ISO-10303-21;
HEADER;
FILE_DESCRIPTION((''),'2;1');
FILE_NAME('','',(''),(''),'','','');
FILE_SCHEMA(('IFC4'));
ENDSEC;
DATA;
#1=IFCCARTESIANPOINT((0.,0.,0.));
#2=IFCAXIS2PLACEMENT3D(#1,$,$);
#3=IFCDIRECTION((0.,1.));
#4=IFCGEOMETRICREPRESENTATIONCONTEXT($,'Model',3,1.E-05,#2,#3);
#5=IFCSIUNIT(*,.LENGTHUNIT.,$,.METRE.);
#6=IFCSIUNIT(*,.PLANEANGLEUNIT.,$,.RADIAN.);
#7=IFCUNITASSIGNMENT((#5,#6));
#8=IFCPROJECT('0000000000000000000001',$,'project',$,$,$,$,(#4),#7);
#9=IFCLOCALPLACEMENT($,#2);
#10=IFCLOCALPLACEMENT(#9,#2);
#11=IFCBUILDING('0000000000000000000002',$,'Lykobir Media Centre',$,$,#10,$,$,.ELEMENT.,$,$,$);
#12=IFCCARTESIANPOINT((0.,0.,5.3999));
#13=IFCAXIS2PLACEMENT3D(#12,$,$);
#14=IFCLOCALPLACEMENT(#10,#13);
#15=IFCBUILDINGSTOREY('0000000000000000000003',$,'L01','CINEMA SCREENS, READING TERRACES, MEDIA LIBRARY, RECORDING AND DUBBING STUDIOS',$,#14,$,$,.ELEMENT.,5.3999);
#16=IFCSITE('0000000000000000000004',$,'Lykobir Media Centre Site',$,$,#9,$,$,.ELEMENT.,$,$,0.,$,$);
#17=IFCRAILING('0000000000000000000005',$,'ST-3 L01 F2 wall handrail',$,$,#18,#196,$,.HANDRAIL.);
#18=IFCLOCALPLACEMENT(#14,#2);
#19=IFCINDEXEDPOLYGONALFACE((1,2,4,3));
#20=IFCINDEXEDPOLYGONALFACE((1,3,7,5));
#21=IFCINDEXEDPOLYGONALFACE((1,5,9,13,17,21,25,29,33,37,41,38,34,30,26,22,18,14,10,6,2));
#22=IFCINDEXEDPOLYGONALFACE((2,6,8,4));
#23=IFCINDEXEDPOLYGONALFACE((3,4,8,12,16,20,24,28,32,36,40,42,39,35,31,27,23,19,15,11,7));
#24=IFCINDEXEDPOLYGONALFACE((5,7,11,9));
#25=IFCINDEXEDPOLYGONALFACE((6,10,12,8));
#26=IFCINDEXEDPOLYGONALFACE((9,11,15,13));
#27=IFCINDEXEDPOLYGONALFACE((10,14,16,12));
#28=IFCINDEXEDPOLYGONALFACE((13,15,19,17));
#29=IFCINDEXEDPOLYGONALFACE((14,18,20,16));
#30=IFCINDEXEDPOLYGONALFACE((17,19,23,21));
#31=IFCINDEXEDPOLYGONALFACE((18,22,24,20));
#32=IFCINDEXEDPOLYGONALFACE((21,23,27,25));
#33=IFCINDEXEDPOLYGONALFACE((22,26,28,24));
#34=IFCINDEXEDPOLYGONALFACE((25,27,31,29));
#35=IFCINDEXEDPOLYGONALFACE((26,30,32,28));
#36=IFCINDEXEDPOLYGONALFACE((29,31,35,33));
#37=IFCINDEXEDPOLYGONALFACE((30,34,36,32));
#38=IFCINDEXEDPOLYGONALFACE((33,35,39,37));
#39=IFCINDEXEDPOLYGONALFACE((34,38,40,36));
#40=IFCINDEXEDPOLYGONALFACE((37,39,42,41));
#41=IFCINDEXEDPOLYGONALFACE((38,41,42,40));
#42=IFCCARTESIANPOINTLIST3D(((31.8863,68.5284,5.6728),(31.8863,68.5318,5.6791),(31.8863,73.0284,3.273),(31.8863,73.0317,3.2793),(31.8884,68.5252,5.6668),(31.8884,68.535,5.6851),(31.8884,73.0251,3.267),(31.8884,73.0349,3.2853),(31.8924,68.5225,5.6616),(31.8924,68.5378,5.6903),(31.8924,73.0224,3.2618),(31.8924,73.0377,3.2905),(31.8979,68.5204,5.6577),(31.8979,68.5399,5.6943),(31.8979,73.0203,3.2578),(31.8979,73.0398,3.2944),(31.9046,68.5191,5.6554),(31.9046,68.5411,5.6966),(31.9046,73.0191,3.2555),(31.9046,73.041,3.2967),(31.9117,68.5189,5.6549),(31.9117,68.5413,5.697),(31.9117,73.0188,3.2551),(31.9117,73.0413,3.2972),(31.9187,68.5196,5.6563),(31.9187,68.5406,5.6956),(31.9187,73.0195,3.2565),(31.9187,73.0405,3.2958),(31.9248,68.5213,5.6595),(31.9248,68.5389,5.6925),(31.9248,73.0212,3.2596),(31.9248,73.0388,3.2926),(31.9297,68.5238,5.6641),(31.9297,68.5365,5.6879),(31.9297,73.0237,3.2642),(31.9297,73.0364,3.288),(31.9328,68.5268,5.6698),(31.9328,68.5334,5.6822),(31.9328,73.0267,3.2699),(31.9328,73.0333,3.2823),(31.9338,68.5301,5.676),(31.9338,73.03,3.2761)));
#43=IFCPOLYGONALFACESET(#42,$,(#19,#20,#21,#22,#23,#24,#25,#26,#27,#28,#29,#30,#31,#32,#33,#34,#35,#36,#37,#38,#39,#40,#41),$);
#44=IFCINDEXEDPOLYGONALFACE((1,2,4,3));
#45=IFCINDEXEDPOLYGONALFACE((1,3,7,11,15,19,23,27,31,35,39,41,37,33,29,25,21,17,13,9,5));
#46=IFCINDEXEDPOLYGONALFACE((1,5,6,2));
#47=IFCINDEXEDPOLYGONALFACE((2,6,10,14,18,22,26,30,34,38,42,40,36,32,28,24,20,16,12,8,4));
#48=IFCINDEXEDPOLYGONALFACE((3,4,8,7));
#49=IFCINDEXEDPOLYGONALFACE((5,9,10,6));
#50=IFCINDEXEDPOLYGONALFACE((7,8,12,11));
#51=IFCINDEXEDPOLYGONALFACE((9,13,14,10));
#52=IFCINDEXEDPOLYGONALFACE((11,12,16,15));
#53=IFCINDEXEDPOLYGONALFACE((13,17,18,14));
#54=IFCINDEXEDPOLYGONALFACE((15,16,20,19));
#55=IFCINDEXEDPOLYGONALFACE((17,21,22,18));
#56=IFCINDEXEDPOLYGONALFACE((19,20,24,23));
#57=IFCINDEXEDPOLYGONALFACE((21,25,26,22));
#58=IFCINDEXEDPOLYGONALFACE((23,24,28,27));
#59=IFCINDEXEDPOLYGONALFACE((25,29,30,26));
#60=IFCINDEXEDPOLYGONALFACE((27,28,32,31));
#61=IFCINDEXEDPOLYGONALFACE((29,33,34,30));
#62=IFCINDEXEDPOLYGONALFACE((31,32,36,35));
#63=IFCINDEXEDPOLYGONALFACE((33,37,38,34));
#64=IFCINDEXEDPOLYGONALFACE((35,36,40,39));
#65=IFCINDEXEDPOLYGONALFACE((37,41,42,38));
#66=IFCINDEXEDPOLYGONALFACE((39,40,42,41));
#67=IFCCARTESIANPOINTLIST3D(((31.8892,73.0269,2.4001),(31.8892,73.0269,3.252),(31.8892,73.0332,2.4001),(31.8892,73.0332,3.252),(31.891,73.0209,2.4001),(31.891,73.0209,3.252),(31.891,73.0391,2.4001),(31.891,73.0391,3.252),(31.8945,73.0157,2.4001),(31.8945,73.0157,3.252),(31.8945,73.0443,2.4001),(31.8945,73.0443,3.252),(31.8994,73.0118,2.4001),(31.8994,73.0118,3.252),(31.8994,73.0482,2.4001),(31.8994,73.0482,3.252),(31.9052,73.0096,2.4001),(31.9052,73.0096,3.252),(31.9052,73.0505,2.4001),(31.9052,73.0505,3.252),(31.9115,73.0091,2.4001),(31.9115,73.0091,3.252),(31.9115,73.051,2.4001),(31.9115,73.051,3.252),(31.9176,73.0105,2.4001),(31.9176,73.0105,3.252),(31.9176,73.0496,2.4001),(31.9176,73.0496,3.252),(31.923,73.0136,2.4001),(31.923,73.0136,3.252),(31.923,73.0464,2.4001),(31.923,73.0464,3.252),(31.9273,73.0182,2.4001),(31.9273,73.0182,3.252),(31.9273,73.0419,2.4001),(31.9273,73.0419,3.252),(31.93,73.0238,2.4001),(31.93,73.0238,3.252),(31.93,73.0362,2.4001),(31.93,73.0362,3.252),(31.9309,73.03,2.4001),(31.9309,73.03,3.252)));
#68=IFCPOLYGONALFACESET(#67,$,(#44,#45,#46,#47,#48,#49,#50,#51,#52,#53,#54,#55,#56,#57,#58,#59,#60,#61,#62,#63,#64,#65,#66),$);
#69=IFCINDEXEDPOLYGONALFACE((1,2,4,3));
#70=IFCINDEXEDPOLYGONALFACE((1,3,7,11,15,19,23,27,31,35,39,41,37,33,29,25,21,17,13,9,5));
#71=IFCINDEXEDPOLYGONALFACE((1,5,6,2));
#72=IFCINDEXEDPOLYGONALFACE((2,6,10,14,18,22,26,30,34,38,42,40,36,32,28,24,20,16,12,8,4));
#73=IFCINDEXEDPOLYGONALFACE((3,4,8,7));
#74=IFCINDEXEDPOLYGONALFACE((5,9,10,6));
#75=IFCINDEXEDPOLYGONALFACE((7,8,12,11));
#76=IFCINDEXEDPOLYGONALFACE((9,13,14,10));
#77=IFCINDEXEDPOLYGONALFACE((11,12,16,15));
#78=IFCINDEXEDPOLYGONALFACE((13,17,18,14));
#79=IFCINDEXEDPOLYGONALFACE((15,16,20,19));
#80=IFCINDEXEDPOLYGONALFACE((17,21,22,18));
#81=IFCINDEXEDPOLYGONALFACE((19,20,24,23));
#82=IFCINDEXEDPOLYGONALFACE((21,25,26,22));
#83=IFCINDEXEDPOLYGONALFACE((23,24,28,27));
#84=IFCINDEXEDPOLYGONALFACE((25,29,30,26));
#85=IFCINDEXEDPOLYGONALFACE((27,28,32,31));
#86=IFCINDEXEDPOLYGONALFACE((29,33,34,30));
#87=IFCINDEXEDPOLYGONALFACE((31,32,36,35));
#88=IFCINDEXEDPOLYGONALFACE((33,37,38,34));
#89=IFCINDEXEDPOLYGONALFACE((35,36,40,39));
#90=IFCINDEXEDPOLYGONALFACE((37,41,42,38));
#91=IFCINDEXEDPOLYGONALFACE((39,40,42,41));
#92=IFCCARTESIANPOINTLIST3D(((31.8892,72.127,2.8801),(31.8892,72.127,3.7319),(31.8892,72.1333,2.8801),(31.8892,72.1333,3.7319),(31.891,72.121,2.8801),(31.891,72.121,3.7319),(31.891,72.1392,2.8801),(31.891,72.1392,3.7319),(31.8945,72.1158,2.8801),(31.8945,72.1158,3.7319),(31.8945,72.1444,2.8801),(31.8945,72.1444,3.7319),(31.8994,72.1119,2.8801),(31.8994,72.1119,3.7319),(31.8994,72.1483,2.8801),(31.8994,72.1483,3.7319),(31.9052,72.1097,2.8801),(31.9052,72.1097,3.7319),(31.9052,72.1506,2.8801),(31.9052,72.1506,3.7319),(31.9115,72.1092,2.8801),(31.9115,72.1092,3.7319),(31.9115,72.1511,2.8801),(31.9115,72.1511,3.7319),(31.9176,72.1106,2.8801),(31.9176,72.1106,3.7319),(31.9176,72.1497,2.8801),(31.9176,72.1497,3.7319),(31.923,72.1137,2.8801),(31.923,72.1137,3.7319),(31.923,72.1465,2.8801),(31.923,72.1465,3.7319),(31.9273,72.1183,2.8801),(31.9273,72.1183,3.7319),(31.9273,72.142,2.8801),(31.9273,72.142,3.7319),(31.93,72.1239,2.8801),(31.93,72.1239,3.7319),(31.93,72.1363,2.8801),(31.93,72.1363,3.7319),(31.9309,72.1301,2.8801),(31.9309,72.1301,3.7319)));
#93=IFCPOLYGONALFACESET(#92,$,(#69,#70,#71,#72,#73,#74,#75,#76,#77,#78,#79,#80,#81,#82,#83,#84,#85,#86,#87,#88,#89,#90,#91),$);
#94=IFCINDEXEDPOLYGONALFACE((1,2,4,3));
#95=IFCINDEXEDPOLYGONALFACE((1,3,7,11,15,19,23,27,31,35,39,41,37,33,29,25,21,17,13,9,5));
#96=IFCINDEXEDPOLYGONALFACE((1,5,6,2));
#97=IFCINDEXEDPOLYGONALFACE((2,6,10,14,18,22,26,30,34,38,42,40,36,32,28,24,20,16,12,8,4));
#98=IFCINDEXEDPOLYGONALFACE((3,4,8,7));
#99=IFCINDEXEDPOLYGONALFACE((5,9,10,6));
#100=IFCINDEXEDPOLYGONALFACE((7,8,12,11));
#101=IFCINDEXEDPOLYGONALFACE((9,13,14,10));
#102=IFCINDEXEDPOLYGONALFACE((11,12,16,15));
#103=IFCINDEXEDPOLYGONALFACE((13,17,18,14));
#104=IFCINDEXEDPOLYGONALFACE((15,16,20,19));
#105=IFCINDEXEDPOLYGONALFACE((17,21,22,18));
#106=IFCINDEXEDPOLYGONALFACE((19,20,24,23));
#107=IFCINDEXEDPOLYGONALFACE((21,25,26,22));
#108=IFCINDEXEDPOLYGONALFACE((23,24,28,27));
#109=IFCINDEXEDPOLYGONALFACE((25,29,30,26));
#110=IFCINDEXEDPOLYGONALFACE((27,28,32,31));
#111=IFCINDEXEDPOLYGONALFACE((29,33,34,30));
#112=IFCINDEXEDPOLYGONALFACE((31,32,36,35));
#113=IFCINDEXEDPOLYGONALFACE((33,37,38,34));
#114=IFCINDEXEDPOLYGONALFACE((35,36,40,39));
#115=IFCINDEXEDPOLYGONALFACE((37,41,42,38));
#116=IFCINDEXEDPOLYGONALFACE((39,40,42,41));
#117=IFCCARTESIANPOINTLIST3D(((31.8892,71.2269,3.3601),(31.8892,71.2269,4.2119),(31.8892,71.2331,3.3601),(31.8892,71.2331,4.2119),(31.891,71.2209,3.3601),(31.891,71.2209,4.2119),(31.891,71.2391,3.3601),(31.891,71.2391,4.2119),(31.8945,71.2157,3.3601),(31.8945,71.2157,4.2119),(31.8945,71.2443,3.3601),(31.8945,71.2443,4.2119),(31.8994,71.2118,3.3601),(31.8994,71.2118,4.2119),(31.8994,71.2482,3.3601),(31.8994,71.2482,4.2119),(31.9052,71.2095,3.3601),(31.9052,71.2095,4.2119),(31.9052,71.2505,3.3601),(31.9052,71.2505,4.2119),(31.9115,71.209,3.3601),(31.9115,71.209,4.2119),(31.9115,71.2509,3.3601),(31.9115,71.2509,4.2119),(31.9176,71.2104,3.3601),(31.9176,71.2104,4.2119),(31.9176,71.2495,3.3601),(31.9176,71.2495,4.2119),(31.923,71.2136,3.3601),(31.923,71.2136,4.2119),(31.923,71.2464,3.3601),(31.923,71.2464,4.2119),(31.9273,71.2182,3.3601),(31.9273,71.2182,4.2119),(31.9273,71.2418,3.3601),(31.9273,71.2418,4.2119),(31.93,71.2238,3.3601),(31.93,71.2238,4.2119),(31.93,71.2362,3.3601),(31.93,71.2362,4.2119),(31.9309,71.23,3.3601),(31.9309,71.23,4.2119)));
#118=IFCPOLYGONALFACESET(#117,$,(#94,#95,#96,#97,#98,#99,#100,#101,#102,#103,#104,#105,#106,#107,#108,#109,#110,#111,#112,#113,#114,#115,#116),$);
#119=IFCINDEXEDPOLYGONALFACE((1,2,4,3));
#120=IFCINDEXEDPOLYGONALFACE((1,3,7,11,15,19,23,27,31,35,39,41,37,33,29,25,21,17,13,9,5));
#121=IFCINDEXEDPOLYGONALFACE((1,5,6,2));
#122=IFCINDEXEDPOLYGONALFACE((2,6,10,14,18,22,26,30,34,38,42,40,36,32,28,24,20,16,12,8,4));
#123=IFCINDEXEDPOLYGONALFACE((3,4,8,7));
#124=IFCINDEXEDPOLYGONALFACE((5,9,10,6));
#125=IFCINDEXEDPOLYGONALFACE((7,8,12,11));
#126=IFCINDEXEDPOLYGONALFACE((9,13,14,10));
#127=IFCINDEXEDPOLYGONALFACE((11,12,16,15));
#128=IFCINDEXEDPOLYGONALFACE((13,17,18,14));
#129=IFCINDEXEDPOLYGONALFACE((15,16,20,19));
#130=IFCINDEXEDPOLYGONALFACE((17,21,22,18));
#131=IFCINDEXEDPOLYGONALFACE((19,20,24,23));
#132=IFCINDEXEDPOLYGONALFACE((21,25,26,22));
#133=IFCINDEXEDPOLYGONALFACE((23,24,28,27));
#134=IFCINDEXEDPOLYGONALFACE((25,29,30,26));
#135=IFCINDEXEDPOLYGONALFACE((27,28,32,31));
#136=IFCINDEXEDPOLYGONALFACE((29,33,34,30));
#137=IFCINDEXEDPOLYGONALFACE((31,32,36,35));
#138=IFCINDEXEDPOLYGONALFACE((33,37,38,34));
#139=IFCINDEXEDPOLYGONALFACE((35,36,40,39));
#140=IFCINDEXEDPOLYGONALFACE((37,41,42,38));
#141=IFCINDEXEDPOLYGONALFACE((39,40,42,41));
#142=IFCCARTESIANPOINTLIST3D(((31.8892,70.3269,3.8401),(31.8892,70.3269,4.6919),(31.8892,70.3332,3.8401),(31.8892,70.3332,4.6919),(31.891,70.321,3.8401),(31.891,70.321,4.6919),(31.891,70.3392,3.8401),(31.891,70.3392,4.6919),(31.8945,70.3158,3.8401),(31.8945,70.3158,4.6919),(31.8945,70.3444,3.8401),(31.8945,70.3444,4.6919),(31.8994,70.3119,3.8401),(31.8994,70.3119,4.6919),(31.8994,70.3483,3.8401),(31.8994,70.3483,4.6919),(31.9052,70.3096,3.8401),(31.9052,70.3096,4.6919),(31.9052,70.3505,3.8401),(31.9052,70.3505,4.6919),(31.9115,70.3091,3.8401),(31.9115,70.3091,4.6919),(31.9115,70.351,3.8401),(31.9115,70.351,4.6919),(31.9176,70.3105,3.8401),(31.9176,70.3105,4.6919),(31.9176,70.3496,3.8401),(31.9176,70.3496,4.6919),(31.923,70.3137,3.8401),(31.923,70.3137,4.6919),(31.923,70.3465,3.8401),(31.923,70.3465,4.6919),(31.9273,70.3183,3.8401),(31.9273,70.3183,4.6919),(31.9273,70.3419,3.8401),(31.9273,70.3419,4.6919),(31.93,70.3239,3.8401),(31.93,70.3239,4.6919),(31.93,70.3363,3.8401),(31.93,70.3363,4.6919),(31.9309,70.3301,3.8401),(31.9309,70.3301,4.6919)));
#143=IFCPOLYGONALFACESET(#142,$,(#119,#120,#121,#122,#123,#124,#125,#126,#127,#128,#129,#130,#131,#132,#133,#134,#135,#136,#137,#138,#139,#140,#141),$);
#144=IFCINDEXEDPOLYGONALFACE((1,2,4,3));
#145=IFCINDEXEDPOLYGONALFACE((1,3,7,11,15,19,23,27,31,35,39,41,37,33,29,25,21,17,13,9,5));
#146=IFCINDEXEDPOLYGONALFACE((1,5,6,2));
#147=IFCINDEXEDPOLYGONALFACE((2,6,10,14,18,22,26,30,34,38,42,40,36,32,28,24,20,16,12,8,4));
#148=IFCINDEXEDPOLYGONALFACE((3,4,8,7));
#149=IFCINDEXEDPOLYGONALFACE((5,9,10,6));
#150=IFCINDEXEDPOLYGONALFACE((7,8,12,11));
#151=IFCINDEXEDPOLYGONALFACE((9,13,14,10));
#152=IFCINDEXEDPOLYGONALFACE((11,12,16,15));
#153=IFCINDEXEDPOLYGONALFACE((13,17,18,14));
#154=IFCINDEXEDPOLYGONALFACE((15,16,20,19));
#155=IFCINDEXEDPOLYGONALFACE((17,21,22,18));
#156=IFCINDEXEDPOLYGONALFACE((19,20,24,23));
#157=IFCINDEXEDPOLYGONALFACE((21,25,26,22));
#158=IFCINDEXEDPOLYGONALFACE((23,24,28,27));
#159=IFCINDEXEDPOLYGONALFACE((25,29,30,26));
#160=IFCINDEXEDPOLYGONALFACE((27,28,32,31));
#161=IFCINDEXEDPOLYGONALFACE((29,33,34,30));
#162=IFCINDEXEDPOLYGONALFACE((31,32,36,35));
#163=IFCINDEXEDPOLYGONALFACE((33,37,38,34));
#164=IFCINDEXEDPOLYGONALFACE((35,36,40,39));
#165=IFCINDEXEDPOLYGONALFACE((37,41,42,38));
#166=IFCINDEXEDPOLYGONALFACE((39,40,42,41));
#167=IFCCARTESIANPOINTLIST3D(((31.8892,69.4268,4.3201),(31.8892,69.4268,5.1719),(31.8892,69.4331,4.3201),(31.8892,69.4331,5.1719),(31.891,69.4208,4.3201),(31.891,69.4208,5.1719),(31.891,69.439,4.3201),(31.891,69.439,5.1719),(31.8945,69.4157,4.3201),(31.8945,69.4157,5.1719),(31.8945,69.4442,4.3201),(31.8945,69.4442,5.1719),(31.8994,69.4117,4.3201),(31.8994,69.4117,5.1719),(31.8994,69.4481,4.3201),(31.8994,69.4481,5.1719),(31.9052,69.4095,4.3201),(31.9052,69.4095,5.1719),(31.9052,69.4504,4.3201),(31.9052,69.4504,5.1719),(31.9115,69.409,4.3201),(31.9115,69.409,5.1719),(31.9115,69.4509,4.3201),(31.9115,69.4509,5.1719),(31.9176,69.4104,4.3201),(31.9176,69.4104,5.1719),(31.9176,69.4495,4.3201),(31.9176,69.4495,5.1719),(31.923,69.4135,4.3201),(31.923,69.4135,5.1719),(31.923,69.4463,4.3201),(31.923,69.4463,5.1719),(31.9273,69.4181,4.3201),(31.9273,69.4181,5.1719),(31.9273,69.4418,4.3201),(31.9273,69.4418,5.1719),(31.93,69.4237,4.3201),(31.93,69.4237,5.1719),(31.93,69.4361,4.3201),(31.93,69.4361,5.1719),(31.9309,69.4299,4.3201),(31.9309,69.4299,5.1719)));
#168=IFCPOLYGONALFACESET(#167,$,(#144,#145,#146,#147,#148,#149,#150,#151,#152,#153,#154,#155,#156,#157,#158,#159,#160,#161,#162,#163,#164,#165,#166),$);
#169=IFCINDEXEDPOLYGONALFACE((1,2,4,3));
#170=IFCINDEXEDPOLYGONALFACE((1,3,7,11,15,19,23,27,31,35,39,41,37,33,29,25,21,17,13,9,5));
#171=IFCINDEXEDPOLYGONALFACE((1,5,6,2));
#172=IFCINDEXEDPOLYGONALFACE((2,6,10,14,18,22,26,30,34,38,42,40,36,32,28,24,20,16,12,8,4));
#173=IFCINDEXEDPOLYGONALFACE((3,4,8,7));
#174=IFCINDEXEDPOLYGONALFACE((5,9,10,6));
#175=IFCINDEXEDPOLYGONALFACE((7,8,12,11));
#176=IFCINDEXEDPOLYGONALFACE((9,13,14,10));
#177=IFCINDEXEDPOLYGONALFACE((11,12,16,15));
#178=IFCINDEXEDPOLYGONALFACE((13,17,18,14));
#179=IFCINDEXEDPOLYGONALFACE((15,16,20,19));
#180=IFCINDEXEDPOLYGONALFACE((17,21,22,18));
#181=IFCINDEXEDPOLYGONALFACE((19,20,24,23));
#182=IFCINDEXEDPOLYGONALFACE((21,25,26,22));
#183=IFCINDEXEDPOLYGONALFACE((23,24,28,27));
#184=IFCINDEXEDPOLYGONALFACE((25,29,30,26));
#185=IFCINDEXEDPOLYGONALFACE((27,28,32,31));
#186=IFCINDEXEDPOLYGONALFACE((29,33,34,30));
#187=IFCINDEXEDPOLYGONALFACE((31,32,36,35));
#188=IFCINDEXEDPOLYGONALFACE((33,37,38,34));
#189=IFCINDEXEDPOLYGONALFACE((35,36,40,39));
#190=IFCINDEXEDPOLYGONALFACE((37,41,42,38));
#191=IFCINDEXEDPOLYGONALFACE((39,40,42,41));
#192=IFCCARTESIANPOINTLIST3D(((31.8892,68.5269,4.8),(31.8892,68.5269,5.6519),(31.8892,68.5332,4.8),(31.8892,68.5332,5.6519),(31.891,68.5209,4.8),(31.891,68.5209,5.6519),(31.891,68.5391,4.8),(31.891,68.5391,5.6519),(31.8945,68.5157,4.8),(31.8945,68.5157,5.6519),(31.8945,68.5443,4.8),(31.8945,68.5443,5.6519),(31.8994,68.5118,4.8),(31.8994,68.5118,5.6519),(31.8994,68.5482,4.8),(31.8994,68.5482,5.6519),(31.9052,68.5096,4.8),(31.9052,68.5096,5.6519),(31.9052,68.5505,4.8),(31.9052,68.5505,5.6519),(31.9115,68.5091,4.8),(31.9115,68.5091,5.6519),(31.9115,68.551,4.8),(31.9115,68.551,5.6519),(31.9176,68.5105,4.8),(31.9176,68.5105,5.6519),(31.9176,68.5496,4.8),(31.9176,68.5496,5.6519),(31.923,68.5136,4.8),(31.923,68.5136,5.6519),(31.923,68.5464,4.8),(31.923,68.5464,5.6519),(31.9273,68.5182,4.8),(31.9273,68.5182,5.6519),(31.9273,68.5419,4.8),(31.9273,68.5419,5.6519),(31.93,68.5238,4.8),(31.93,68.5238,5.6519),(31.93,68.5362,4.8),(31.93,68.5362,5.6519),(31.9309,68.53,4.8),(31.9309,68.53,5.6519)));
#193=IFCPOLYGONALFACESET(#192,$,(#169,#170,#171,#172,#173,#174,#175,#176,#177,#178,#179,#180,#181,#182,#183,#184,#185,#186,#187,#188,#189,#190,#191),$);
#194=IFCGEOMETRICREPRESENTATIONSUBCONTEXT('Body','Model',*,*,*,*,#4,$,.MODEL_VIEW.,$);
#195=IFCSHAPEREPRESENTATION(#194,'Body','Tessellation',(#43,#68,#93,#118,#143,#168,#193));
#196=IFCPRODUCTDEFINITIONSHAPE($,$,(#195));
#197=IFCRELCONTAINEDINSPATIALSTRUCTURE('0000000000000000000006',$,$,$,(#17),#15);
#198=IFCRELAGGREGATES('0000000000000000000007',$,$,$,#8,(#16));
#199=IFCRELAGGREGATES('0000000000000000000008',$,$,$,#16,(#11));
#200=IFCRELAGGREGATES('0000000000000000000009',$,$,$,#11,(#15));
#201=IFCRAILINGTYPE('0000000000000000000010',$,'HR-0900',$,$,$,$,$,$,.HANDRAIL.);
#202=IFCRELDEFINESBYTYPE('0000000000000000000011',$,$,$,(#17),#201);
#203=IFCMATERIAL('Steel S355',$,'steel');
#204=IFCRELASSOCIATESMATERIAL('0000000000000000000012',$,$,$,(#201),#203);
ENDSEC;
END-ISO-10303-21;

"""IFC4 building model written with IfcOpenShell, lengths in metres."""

from ifc_helpers import new_model, si_unit, direction, frame, origin, origin_2d, place, context, subcontext, project, spatial, circle, extrude, material, type_object, element, save


model = new_model("IFC4")

# Units and contexts
model_context = context("Model", 3, precision=1e-05, world=origin(), true_north=direction((0.0, 1.0)))
body_context = subcontext(model_context, "Body", "Model", "MODEL_VIEW")
ifc_project = project(units=[si_unit("LENGTHUNIT", "METRE"), si_unit("PLANEANGLEUNIT", "RADIAN")], contexts=[model_context])

# Site, building, storey
site_placement = place(None, origin())
site = spatial("IfcSite", under=ifc_project, at=site_placement, Name="Lykobir Media Centre Site", CompositionType="ELEMENT", RefElevation=0.0)
building_placement = place(site_placement, origin())
building = spatial("IfcBuilding", under=site, at=building_placement, Name="Lykobir Media Centre", CompositionType="ELEMENT")
storey_placement = place(building_placement, frame((0.0, 0.0, 5.3999)))
storey = spatial("IfcBuildingStorey", under=building, at=storey_placement, Name="L01", Description="CINEMA SCREENS, READING TERRACES, MEDIA LIBRARY, RECORDING AND DUBBING STUDIOS", CompositionType="ELEMENT", Elevation=5.3999)

# Shared definitions
ifc_material_1 = material(Name="Steel S355", Category="steel")

# Railing
railing_type_1 = type_object("IfcRailingType", Name="HR-0900", PredefinedType="HANDRAIL", material=ifc_material_1)
railing_1_placement = place(storey_placement, frame((31.9099, 73.03, 2.4001)))
element("IfcRailing", 1, at=railing_1_placement, inside=storey, type_object=railing_type_1, Name="ST-3 L01 F2 wall handrail", PredefinedType="HANDRAIL", context=body_context, shape_type="SweptSolid", body=[
    extrude(circle(Radius=0.0239, at=origin_2d()), frame((0.0, 0.0, 0.876), z_axis=(0.0, -0.882361, 0.470573), x_axis=(1.0, 0.0, 0.0)), (0.0, 0.0, 1.0), 5.0999),
    extrude(circle(Radius=0.021, at=origin_2d()), origin(), (0.0, 0.0, 1.0), 0.8518),
    extrude(circle(Radius=0.021, at=origin_2d()), frame((0.0, -0.8999, 0.48)), (0.0, 0.0, 1.0), 0.8518),
    extrude(circle(Radius=0.021, at=origin_2d()), frame((0.0, -1.8, 0.96)), (0.0, 0.0, 1.0), 0.8518),
    extrude(circle(Radius=0.021, at=origin_2d()), frame((0.0, -2.7, 1.4399)), (0.0, 0.0, 1.0), 0.8518),
    extrude(circle(Radius=0.021, at=origin_2d()), frame((0.0, -3.6001, 1.9199)), (0.0, 0.0, 1.0), 0.8518),
    extrude(circle(Radius=0.021, at=origin_2d()), frame((0.0, -4.5, 2.3999)), (0.0, 0.0, 1.0), 0.8518),
])

save(model, "model.ifc")
